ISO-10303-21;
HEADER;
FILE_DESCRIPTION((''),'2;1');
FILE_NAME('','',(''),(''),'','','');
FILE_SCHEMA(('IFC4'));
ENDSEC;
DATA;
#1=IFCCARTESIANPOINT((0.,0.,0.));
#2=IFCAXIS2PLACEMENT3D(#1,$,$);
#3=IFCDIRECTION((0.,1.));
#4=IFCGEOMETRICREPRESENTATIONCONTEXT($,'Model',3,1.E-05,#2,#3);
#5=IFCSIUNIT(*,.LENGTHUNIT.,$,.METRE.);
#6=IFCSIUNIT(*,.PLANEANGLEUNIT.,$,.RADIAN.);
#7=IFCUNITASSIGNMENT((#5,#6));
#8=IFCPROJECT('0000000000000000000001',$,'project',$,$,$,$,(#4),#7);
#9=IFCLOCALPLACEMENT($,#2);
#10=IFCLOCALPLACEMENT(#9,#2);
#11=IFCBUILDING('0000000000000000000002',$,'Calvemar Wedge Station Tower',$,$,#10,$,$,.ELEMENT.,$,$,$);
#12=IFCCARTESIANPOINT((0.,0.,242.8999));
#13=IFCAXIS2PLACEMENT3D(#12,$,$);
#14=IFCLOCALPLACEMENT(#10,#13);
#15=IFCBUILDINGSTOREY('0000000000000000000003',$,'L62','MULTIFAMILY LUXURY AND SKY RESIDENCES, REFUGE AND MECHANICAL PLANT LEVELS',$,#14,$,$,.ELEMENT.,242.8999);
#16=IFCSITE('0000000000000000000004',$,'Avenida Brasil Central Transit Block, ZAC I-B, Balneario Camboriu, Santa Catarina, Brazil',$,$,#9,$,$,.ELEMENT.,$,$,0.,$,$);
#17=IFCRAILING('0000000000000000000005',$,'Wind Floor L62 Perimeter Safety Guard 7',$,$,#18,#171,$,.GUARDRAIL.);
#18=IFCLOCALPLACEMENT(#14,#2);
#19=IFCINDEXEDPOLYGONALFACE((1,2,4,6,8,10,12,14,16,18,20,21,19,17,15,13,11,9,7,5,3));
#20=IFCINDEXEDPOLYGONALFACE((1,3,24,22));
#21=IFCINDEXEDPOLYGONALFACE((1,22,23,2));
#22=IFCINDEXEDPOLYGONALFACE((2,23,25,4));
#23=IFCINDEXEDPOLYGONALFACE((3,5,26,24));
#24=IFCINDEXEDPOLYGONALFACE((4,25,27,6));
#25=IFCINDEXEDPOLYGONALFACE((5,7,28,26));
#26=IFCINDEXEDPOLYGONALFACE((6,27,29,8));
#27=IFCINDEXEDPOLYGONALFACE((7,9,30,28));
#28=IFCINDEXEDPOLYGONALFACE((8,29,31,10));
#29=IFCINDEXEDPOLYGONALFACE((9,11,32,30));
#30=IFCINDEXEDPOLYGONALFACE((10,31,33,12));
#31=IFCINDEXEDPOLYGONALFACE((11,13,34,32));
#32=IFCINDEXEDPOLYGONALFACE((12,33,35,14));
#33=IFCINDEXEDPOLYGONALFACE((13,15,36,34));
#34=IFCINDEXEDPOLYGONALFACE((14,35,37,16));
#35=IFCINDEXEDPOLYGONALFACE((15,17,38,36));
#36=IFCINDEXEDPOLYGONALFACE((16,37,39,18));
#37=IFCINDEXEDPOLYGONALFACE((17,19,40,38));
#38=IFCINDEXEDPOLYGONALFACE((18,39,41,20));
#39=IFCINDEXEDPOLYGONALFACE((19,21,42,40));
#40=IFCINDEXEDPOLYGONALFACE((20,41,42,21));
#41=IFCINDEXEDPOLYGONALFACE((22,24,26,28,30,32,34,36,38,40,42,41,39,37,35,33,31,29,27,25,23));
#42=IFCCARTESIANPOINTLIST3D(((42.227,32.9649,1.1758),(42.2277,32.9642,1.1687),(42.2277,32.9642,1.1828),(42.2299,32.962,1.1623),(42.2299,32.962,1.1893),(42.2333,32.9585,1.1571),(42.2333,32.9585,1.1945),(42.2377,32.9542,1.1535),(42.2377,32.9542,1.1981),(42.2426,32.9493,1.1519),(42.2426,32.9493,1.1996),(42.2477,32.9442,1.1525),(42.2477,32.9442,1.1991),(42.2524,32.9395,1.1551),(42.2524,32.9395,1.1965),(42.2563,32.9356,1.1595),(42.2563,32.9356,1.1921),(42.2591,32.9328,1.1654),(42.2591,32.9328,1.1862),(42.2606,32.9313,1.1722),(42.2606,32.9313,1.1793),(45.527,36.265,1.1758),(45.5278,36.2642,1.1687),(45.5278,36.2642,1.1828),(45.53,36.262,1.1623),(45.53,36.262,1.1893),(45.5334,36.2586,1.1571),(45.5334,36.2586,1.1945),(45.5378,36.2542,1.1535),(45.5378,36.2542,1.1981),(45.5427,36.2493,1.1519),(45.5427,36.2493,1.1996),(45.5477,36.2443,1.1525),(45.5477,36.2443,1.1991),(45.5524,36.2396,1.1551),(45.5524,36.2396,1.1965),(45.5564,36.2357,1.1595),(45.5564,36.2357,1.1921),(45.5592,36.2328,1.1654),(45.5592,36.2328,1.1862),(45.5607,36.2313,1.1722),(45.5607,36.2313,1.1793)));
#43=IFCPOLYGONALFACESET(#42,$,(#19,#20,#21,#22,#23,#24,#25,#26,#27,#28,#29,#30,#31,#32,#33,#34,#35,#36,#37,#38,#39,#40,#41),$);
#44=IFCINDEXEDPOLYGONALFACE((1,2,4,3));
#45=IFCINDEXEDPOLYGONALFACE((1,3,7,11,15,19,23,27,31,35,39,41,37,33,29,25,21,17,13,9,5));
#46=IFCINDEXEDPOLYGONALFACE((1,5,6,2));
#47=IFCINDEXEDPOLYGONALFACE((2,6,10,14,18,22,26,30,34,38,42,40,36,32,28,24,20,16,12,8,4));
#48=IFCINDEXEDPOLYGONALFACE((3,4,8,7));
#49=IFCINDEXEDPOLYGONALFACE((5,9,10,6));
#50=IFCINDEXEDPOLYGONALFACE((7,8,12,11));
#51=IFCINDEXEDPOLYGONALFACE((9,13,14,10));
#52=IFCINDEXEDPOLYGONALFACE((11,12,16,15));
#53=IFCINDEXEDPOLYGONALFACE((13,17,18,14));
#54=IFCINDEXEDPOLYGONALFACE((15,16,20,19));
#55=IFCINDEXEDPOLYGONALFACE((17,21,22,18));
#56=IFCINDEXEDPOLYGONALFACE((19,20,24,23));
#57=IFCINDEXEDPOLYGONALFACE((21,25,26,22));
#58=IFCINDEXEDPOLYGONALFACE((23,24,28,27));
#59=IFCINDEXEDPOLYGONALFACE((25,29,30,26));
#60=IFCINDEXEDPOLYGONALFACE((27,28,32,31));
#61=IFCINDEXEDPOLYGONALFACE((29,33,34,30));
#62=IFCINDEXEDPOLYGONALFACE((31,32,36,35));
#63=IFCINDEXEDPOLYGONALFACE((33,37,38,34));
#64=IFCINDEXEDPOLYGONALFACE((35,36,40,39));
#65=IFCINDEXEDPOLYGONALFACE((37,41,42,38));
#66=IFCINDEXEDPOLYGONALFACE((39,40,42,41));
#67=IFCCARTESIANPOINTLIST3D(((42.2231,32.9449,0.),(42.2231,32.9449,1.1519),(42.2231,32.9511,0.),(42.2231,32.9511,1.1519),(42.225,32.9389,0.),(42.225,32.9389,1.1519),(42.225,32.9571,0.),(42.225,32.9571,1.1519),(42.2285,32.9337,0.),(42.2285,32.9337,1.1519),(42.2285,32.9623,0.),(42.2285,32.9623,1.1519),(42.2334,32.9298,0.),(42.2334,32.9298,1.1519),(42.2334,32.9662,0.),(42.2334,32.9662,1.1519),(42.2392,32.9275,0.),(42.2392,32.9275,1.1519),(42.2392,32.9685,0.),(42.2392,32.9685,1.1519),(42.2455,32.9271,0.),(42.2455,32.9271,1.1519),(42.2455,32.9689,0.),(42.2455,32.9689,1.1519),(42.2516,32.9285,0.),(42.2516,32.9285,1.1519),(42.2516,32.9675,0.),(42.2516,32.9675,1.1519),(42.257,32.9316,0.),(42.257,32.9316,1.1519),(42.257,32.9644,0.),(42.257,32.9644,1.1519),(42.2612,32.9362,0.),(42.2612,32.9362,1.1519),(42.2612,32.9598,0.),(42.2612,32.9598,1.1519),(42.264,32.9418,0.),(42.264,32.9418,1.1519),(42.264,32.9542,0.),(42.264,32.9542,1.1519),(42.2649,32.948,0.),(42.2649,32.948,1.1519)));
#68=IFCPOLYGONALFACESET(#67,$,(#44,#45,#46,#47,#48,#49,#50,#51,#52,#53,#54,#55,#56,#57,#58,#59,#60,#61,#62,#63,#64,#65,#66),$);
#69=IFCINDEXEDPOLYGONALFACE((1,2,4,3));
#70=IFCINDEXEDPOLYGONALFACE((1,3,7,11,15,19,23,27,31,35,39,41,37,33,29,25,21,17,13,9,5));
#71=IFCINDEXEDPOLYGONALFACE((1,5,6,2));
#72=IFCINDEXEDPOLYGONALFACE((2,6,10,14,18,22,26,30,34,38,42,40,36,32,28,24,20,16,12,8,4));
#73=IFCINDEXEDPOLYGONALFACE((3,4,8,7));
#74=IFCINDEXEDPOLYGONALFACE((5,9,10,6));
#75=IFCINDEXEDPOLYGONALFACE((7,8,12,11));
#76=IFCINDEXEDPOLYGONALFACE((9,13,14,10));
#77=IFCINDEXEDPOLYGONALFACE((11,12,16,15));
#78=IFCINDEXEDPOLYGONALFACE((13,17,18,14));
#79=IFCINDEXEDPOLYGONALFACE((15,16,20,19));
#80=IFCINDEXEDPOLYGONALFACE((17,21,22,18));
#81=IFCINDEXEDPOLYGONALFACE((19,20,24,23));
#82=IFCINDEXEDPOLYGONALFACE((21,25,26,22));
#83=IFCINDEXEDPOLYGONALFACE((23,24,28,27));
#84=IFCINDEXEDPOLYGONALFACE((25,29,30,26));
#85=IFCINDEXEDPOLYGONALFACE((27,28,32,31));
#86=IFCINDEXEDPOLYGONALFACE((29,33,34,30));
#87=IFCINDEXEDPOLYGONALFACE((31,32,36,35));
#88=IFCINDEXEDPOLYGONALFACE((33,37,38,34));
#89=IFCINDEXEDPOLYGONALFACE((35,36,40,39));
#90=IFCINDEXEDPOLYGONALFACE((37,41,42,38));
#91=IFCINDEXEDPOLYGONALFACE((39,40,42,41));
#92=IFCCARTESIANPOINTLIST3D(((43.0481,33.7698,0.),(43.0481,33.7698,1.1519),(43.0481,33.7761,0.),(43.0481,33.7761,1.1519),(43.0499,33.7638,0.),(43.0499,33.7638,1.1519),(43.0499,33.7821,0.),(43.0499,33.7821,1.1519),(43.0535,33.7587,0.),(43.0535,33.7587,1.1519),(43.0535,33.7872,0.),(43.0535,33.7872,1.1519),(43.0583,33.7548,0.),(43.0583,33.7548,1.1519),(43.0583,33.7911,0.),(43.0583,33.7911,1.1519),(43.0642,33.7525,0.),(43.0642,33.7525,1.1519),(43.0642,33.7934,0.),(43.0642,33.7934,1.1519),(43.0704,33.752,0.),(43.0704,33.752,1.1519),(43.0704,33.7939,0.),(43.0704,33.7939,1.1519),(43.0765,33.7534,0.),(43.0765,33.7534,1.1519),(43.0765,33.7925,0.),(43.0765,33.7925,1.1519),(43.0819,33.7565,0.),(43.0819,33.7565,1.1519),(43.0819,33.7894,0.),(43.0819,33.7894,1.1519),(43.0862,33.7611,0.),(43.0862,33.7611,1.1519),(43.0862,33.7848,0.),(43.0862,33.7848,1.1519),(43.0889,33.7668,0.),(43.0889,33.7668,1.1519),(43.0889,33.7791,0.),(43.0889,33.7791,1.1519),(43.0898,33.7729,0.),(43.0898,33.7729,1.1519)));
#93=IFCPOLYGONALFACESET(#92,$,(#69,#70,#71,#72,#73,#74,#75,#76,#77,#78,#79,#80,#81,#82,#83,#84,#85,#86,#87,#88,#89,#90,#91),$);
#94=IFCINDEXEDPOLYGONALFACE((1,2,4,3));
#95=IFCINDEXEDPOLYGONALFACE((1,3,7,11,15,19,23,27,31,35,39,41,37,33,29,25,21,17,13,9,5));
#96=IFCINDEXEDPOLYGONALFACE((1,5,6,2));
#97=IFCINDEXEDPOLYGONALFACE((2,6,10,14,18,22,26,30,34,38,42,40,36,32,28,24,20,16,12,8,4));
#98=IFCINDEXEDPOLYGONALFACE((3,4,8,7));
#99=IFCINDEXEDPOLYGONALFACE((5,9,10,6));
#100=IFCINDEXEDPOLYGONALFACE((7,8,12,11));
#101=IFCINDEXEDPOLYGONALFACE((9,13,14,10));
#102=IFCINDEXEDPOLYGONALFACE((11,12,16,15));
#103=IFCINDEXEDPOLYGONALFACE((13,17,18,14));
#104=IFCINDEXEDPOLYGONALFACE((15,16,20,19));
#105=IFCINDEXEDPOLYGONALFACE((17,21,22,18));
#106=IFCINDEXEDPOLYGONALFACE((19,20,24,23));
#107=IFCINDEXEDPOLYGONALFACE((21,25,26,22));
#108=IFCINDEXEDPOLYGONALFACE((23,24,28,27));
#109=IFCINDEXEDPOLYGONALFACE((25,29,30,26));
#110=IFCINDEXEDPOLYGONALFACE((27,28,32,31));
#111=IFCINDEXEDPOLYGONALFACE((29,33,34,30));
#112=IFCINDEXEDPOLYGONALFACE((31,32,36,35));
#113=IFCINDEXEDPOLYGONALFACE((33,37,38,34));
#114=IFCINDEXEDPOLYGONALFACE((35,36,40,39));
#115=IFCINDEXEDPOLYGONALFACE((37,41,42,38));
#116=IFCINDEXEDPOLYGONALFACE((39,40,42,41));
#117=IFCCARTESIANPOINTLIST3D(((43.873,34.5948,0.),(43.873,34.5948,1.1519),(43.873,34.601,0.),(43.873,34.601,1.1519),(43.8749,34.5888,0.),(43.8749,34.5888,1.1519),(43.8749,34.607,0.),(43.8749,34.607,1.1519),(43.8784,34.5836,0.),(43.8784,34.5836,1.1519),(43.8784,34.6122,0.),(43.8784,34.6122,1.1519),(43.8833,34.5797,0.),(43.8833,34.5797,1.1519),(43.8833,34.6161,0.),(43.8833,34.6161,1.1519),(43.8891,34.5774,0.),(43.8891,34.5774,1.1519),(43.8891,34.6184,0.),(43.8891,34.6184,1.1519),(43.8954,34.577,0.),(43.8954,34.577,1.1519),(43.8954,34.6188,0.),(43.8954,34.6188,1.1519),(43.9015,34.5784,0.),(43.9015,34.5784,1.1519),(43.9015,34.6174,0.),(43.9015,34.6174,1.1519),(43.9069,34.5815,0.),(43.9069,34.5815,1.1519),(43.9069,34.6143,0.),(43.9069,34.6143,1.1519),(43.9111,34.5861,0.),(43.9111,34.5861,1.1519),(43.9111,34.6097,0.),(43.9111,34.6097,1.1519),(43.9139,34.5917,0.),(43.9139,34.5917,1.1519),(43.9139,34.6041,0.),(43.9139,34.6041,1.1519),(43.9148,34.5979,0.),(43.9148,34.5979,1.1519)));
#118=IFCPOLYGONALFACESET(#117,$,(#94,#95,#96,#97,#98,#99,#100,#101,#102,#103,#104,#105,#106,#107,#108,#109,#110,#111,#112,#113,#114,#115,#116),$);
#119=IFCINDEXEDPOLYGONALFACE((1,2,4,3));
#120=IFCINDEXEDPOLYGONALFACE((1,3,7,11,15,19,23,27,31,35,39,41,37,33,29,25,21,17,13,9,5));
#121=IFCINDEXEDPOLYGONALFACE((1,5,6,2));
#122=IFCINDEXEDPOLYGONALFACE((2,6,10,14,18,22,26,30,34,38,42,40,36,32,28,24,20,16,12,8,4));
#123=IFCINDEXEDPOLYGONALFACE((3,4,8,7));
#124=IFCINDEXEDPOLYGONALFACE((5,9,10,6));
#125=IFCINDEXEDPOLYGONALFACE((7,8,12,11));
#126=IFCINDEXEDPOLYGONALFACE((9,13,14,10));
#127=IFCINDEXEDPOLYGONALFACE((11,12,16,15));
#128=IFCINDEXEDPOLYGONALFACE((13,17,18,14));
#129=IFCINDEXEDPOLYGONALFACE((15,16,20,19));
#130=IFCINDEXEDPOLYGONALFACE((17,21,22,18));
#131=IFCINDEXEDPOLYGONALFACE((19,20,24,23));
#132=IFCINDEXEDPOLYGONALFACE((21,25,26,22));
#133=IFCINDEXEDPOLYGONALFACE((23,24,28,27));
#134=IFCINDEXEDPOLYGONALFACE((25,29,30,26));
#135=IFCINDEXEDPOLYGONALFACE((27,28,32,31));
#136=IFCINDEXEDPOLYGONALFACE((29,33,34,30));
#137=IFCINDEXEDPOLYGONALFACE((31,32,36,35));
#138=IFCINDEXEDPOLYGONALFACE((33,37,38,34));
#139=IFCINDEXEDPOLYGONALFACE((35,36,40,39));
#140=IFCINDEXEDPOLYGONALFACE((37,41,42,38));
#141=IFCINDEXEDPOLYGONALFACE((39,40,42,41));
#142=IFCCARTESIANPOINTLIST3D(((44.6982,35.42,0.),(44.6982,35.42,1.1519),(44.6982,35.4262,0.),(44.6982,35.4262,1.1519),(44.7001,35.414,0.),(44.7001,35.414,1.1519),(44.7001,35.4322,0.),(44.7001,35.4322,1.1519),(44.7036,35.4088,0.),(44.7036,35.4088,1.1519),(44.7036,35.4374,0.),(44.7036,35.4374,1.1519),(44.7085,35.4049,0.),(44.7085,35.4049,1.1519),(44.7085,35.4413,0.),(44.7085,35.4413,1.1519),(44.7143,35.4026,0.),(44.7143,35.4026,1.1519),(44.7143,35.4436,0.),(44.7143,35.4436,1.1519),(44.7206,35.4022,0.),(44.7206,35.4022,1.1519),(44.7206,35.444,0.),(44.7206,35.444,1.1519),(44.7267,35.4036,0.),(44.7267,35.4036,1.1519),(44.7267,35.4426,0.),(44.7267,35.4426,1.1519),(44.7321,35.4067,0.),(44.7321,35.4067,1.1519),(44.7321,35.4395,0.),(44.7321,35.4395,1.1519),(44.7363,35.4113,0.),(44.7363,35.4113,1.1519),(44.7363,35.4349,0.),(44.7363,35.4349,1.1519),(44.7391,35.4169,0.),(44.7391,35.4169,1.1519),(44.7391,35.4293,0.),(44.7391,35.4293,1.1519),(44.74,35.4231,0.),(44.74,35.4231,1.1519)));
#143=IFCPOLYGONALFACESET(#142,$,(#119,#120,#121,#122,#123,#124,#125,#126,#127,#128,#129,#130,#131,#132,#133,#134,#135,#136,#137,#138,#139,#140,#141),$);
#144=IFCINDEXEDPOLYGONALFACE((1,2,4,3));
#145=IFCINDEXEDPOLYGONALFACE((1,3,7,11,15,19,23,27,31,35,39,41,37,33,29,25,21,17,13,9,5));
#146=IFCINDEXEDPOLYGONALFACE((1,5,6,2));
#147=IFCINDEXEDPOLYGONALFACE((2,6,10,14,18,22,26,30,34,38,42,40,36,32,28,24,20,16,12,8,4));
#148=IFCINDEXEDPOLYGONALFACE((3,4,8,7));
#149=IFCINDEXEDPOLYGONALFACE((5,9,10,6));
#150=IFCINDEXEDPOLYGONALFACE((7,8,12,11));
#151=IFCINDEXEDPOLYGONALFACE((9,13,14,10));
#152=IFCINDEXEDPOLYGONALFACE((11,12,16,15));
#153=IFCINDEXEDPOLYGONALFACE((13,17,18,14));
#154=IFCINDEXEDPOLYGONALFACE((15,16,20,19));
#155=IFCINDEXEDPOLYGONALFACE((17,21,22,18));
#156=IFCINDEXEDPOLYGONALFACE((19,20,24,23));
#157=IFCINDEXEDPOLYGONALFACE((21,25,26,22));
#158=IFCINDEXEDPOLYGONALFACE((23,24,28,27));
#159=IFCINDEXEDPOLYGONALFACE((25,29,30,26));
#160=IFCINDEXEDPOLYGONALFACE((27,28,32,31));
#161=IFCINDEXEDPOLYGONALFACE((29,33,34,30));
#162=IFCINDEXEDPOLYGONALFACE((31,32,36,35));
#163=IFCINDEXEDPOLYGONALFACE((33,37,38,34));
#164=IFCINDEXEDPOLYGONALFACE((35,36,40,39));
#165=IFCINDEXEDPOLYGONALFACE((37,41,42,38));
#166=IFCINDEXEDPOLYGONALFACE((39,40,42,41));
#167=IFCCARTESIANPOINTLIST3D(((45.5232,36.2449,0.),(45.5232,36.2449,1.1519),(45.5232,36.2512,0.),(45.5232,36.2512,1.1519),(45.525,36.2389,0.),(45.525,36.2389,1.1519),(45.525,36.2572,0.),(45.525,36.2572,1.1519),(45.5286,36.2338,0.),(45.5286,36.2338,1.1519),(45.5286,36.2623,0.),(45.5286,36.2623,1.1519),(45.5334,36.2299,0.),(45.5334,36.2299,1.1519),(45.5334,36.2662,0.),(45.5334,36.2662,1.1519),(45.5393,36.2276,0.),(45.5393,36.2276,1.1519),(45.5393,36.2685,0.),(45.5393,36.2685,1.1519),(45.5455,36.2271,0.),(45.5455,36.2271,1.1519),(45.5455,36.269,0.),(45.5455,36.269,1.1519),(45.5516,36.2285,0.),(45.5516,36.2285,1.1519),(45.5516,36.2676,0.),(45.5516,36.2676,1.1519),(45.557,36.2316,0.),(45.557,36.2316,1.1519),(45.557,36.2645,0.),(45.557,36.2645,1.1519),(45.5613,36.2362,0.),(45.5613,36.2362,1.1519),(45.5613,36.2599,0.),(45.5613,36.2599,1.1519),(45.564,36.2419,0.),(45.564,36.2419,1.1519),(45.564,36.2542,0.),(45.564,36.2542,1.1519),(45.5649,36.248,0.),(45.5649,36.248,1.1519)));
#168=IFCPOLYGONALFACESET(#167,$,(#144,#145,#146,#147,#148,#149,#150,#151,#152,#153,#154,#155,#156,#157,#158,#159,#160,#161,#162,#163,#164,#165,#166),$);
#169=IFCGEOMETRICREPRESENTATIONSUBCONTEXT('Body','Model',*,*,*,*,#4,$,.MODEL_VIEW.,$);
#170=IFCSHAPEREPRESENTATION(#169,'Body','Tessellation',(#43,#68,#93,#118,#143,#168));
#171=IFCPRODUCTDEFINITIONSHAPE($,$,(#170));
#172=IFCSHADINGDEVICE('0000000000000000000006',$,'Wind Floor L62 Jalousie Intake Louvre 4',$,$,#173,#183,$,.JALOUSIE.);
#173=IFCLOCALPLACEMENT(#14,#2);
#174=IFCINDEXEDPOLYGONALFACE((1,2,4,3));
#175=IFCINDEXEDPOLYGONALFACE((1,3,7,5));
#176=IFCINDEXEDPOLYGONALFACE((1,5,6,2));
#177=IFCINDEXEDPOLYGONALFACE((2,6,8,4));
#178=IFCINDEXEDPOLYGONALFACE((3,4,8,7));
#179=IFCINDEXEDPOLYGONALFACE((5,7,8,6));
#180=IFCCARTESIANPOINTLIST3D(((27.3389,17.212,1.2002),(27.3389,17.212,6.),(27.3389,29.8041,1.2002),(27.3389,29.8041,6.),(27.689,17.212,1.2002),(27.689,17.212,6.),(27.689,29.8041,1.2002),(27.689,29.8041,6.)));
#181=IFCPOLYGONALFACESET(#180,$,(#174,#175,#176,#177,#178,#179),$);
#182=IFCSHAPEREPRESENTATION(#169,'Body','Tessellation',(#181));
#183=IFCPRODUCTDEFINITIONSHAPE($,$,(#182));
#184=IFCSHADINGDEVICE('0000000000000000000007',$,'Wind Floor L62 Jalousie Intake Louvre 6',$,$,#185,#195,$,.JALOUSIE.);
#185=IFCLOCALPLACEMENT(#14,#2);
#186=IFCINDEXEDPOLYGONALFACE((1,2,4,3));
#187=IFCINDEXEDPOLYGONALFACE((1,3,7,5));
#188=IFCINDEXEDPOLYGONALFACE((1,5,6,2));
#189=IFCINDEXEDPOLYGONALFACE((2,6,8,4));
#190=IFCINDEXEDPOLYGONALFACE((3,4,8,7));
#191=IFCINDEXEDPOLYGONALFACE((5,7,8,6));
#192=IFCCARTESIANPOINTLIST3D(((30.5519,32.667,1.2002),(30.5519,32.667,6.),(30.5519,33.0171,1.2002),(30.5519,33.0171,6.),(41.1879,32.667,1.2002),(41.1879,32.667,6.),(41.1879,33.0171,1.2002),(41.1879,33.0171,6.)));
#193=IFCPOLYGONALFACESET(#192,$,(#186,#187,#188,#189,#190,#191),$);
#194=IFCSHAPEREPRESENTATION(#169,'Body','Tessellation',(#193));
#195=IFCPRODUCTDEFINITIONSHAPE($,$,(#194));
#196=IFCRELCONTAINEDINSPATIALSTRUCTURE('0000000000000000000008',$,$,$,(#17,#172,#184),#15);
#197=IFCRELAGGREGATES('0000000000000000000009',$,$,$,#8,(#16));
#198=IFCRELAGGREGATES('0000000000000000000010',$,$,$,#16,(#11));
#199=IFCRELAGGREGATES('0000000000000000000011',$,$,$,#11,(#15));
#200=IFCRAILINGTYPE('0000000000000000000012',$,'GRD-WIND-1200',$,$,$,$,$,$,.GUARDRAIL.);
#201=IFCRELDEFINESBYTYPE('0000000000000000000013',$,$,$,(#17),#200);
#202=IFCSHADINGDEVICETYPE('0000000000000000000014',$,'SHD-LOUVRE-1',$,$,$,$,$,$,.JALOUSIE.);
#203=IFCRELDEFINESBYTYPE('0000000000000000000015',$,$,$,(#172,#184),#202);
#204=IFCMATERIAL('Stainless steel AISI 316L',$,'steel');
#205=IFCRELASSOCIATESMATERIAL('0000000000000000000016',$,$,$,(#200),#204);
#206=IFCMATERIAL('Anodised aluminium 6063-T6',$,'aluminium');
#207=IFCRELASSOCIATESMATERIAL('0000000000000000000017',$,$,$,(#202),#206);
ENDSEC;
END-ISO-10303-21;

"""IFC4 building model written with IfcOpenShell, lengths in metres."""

from ifc_helpers import new_model, si_unit, direction, frame, frame_2d, origin, origin_2d, place, context, subcontext, project, spatial, rectangle, circle, extrude, material, type_object, element, save


model = new_model("IFC4")

# Units and contexts
model_context = context("Model", 3, precision=1e-05, world=origin(), true_north=direction((0.0, 1.0)))
body_context = subcontext(model_context, "Body", "Model", "MODEL_VIEW")
ifc_project = project(units=[si_unit("LENGTHUNIT", "METRE"), si_unit("PLANEANGLEUNIT", "RADIAN")], contexts=[model_context])

# Site, building, storey
site_placement = place(None, origin())
site = spatial("IfcSite", under=ifc_project, at=site_placement, Name="Avenida Brasil Central Transit Block, ZAC I-B, Balneario Camboriu, Santa Catarina, Brazil", CompositionType="ELEMENT", RefElevation=0.0)
building_placement = place(site_placement, origin())
building = spatial("IfcBuilding", under=site, at=building_placement, Name="Calvemar Wedge Station Tower", CompositionType="ELEMENT")
storey_placement = place(building_placement, frame((0.0, 0.0, 242.8999)))
storey = spatial("IfcBuildingStorey", under=building, at=storey_placement, Name="L62", Description="MULTIFAMILY LUXURY AND SKY RESIDENCES, REFUGE AND MECHANICAL PLANT LEVELS", CompositionType="ELEMENT", Elevation=242.8999)

# Railing
ifc_material_1 = material(Name="Stainless steel AISI 316L", Category="steel")
railing_type = type_object("IfcRailingType", Name="GRD-WIND-1200", PredefinedType="GUARDRAIL", material=ifc_material_1)
railing_1_placement = place(storey_placement, frame((42.2439, 32.948, 0.0)))
element("IfcRailing", 1, at=railing_1_placement, inside=storey, type_object=railing_type, Name="Wind Floor L62 Perimeter Safety Guard 7", PredefinedType="GUARDRAIL", context=body_context, shape_type="SweptSolid", body=[
    extrude(circle(Radius=0.0239, at=origin_2d()), frame((0.0, 0.0, 1.1758), z_axis=(0.707107, 0.707107, 0.0), x_axis=(-0.707107, 0.707107, 0.0)), (0.0, 0.0, 1.0), 4.667),
    extrude(circle(Radius=0.021, at=origin_2d()), origin(), (0.0, 0.0, 1.0), 1.1519),
    extrude(circle(Radius=0.021, at=origin_2d()), frame((0.825, 0.825, 0.0)), (0.0, 0.0, 1.0), 1.1519),
    extrude(circle(Radius=0.021, at=origin_2d()), frame((1.6499, 1.6499, 0.0)), (0.0, 0.0, 1.0), 1.1519),
    extrude(circle(Radius=0.021, at=origin_2d()), frame((2.4751, 2.4751, 0.0)), (0.0, 0.0, 1.0), 1.1519),
    extrude(circle(Radius=0.021, at=origin_2d()), frame((3.3, 3.3, 0.0)), (0.0, 0.0, 1.0), 1.1519),
])

# Shading devices
ifc_material_2 = material(Name="Anodised aluminium 6063-T6", Category="aluminium")
shading_device_type = type_object("IfcShadingDeviceType", Name="SHD-LOUVRE-1", PredefinedType="JALOUSIE", material=ifc_material_2)
shading_device_1_placement = place(storey_placement, frame((27.5139, 17.2122, 1.2002), z_axis=(0.0, 0.0, 1.0), x_axis=(0.0, 1.0, 0.0)))
element("IfcShadingDevice", 2, at=shading_device_1_placement, inside=storey, type_object=shading_device_type, Name="Wind Floor L62 Jalousie Intake Louvre 4", PredefinedType="JALOUSIE", context=body_context, shape_type="SweptSolid", body=[
    extrude(rectangle(XDim=12.592, YDim=0.3501, at=frame_2d((6.2959, 0.0))), origin(), (0.0, 0.0, 1.0), 4.7998),
])
shading_device_2_placement = place(storey_placement, frame((30.552, 32.842, 1.2002), z_axis=(0.0, 0.0, 1.0), x_axis=(1.0, 0.0, 0.0)))
element("IfcShadingDevice", 3, at=shading_device_2_placement, inside=storey, type_object=shading_device_type, Name="Wind Floor L62 Jalousie Intake Louvre 6", PredefinedType="JALOUSIE", context=body_context, shape_type="SweptSolid", body=[
    extrude(rectangle(XDim=10.636, YDim=0.3501, at=frame_2d((5.3179, 0.0))), origin(), (0.0, 0.0, 1.0), 4.7998),
])

save(model, "model.ifc")
